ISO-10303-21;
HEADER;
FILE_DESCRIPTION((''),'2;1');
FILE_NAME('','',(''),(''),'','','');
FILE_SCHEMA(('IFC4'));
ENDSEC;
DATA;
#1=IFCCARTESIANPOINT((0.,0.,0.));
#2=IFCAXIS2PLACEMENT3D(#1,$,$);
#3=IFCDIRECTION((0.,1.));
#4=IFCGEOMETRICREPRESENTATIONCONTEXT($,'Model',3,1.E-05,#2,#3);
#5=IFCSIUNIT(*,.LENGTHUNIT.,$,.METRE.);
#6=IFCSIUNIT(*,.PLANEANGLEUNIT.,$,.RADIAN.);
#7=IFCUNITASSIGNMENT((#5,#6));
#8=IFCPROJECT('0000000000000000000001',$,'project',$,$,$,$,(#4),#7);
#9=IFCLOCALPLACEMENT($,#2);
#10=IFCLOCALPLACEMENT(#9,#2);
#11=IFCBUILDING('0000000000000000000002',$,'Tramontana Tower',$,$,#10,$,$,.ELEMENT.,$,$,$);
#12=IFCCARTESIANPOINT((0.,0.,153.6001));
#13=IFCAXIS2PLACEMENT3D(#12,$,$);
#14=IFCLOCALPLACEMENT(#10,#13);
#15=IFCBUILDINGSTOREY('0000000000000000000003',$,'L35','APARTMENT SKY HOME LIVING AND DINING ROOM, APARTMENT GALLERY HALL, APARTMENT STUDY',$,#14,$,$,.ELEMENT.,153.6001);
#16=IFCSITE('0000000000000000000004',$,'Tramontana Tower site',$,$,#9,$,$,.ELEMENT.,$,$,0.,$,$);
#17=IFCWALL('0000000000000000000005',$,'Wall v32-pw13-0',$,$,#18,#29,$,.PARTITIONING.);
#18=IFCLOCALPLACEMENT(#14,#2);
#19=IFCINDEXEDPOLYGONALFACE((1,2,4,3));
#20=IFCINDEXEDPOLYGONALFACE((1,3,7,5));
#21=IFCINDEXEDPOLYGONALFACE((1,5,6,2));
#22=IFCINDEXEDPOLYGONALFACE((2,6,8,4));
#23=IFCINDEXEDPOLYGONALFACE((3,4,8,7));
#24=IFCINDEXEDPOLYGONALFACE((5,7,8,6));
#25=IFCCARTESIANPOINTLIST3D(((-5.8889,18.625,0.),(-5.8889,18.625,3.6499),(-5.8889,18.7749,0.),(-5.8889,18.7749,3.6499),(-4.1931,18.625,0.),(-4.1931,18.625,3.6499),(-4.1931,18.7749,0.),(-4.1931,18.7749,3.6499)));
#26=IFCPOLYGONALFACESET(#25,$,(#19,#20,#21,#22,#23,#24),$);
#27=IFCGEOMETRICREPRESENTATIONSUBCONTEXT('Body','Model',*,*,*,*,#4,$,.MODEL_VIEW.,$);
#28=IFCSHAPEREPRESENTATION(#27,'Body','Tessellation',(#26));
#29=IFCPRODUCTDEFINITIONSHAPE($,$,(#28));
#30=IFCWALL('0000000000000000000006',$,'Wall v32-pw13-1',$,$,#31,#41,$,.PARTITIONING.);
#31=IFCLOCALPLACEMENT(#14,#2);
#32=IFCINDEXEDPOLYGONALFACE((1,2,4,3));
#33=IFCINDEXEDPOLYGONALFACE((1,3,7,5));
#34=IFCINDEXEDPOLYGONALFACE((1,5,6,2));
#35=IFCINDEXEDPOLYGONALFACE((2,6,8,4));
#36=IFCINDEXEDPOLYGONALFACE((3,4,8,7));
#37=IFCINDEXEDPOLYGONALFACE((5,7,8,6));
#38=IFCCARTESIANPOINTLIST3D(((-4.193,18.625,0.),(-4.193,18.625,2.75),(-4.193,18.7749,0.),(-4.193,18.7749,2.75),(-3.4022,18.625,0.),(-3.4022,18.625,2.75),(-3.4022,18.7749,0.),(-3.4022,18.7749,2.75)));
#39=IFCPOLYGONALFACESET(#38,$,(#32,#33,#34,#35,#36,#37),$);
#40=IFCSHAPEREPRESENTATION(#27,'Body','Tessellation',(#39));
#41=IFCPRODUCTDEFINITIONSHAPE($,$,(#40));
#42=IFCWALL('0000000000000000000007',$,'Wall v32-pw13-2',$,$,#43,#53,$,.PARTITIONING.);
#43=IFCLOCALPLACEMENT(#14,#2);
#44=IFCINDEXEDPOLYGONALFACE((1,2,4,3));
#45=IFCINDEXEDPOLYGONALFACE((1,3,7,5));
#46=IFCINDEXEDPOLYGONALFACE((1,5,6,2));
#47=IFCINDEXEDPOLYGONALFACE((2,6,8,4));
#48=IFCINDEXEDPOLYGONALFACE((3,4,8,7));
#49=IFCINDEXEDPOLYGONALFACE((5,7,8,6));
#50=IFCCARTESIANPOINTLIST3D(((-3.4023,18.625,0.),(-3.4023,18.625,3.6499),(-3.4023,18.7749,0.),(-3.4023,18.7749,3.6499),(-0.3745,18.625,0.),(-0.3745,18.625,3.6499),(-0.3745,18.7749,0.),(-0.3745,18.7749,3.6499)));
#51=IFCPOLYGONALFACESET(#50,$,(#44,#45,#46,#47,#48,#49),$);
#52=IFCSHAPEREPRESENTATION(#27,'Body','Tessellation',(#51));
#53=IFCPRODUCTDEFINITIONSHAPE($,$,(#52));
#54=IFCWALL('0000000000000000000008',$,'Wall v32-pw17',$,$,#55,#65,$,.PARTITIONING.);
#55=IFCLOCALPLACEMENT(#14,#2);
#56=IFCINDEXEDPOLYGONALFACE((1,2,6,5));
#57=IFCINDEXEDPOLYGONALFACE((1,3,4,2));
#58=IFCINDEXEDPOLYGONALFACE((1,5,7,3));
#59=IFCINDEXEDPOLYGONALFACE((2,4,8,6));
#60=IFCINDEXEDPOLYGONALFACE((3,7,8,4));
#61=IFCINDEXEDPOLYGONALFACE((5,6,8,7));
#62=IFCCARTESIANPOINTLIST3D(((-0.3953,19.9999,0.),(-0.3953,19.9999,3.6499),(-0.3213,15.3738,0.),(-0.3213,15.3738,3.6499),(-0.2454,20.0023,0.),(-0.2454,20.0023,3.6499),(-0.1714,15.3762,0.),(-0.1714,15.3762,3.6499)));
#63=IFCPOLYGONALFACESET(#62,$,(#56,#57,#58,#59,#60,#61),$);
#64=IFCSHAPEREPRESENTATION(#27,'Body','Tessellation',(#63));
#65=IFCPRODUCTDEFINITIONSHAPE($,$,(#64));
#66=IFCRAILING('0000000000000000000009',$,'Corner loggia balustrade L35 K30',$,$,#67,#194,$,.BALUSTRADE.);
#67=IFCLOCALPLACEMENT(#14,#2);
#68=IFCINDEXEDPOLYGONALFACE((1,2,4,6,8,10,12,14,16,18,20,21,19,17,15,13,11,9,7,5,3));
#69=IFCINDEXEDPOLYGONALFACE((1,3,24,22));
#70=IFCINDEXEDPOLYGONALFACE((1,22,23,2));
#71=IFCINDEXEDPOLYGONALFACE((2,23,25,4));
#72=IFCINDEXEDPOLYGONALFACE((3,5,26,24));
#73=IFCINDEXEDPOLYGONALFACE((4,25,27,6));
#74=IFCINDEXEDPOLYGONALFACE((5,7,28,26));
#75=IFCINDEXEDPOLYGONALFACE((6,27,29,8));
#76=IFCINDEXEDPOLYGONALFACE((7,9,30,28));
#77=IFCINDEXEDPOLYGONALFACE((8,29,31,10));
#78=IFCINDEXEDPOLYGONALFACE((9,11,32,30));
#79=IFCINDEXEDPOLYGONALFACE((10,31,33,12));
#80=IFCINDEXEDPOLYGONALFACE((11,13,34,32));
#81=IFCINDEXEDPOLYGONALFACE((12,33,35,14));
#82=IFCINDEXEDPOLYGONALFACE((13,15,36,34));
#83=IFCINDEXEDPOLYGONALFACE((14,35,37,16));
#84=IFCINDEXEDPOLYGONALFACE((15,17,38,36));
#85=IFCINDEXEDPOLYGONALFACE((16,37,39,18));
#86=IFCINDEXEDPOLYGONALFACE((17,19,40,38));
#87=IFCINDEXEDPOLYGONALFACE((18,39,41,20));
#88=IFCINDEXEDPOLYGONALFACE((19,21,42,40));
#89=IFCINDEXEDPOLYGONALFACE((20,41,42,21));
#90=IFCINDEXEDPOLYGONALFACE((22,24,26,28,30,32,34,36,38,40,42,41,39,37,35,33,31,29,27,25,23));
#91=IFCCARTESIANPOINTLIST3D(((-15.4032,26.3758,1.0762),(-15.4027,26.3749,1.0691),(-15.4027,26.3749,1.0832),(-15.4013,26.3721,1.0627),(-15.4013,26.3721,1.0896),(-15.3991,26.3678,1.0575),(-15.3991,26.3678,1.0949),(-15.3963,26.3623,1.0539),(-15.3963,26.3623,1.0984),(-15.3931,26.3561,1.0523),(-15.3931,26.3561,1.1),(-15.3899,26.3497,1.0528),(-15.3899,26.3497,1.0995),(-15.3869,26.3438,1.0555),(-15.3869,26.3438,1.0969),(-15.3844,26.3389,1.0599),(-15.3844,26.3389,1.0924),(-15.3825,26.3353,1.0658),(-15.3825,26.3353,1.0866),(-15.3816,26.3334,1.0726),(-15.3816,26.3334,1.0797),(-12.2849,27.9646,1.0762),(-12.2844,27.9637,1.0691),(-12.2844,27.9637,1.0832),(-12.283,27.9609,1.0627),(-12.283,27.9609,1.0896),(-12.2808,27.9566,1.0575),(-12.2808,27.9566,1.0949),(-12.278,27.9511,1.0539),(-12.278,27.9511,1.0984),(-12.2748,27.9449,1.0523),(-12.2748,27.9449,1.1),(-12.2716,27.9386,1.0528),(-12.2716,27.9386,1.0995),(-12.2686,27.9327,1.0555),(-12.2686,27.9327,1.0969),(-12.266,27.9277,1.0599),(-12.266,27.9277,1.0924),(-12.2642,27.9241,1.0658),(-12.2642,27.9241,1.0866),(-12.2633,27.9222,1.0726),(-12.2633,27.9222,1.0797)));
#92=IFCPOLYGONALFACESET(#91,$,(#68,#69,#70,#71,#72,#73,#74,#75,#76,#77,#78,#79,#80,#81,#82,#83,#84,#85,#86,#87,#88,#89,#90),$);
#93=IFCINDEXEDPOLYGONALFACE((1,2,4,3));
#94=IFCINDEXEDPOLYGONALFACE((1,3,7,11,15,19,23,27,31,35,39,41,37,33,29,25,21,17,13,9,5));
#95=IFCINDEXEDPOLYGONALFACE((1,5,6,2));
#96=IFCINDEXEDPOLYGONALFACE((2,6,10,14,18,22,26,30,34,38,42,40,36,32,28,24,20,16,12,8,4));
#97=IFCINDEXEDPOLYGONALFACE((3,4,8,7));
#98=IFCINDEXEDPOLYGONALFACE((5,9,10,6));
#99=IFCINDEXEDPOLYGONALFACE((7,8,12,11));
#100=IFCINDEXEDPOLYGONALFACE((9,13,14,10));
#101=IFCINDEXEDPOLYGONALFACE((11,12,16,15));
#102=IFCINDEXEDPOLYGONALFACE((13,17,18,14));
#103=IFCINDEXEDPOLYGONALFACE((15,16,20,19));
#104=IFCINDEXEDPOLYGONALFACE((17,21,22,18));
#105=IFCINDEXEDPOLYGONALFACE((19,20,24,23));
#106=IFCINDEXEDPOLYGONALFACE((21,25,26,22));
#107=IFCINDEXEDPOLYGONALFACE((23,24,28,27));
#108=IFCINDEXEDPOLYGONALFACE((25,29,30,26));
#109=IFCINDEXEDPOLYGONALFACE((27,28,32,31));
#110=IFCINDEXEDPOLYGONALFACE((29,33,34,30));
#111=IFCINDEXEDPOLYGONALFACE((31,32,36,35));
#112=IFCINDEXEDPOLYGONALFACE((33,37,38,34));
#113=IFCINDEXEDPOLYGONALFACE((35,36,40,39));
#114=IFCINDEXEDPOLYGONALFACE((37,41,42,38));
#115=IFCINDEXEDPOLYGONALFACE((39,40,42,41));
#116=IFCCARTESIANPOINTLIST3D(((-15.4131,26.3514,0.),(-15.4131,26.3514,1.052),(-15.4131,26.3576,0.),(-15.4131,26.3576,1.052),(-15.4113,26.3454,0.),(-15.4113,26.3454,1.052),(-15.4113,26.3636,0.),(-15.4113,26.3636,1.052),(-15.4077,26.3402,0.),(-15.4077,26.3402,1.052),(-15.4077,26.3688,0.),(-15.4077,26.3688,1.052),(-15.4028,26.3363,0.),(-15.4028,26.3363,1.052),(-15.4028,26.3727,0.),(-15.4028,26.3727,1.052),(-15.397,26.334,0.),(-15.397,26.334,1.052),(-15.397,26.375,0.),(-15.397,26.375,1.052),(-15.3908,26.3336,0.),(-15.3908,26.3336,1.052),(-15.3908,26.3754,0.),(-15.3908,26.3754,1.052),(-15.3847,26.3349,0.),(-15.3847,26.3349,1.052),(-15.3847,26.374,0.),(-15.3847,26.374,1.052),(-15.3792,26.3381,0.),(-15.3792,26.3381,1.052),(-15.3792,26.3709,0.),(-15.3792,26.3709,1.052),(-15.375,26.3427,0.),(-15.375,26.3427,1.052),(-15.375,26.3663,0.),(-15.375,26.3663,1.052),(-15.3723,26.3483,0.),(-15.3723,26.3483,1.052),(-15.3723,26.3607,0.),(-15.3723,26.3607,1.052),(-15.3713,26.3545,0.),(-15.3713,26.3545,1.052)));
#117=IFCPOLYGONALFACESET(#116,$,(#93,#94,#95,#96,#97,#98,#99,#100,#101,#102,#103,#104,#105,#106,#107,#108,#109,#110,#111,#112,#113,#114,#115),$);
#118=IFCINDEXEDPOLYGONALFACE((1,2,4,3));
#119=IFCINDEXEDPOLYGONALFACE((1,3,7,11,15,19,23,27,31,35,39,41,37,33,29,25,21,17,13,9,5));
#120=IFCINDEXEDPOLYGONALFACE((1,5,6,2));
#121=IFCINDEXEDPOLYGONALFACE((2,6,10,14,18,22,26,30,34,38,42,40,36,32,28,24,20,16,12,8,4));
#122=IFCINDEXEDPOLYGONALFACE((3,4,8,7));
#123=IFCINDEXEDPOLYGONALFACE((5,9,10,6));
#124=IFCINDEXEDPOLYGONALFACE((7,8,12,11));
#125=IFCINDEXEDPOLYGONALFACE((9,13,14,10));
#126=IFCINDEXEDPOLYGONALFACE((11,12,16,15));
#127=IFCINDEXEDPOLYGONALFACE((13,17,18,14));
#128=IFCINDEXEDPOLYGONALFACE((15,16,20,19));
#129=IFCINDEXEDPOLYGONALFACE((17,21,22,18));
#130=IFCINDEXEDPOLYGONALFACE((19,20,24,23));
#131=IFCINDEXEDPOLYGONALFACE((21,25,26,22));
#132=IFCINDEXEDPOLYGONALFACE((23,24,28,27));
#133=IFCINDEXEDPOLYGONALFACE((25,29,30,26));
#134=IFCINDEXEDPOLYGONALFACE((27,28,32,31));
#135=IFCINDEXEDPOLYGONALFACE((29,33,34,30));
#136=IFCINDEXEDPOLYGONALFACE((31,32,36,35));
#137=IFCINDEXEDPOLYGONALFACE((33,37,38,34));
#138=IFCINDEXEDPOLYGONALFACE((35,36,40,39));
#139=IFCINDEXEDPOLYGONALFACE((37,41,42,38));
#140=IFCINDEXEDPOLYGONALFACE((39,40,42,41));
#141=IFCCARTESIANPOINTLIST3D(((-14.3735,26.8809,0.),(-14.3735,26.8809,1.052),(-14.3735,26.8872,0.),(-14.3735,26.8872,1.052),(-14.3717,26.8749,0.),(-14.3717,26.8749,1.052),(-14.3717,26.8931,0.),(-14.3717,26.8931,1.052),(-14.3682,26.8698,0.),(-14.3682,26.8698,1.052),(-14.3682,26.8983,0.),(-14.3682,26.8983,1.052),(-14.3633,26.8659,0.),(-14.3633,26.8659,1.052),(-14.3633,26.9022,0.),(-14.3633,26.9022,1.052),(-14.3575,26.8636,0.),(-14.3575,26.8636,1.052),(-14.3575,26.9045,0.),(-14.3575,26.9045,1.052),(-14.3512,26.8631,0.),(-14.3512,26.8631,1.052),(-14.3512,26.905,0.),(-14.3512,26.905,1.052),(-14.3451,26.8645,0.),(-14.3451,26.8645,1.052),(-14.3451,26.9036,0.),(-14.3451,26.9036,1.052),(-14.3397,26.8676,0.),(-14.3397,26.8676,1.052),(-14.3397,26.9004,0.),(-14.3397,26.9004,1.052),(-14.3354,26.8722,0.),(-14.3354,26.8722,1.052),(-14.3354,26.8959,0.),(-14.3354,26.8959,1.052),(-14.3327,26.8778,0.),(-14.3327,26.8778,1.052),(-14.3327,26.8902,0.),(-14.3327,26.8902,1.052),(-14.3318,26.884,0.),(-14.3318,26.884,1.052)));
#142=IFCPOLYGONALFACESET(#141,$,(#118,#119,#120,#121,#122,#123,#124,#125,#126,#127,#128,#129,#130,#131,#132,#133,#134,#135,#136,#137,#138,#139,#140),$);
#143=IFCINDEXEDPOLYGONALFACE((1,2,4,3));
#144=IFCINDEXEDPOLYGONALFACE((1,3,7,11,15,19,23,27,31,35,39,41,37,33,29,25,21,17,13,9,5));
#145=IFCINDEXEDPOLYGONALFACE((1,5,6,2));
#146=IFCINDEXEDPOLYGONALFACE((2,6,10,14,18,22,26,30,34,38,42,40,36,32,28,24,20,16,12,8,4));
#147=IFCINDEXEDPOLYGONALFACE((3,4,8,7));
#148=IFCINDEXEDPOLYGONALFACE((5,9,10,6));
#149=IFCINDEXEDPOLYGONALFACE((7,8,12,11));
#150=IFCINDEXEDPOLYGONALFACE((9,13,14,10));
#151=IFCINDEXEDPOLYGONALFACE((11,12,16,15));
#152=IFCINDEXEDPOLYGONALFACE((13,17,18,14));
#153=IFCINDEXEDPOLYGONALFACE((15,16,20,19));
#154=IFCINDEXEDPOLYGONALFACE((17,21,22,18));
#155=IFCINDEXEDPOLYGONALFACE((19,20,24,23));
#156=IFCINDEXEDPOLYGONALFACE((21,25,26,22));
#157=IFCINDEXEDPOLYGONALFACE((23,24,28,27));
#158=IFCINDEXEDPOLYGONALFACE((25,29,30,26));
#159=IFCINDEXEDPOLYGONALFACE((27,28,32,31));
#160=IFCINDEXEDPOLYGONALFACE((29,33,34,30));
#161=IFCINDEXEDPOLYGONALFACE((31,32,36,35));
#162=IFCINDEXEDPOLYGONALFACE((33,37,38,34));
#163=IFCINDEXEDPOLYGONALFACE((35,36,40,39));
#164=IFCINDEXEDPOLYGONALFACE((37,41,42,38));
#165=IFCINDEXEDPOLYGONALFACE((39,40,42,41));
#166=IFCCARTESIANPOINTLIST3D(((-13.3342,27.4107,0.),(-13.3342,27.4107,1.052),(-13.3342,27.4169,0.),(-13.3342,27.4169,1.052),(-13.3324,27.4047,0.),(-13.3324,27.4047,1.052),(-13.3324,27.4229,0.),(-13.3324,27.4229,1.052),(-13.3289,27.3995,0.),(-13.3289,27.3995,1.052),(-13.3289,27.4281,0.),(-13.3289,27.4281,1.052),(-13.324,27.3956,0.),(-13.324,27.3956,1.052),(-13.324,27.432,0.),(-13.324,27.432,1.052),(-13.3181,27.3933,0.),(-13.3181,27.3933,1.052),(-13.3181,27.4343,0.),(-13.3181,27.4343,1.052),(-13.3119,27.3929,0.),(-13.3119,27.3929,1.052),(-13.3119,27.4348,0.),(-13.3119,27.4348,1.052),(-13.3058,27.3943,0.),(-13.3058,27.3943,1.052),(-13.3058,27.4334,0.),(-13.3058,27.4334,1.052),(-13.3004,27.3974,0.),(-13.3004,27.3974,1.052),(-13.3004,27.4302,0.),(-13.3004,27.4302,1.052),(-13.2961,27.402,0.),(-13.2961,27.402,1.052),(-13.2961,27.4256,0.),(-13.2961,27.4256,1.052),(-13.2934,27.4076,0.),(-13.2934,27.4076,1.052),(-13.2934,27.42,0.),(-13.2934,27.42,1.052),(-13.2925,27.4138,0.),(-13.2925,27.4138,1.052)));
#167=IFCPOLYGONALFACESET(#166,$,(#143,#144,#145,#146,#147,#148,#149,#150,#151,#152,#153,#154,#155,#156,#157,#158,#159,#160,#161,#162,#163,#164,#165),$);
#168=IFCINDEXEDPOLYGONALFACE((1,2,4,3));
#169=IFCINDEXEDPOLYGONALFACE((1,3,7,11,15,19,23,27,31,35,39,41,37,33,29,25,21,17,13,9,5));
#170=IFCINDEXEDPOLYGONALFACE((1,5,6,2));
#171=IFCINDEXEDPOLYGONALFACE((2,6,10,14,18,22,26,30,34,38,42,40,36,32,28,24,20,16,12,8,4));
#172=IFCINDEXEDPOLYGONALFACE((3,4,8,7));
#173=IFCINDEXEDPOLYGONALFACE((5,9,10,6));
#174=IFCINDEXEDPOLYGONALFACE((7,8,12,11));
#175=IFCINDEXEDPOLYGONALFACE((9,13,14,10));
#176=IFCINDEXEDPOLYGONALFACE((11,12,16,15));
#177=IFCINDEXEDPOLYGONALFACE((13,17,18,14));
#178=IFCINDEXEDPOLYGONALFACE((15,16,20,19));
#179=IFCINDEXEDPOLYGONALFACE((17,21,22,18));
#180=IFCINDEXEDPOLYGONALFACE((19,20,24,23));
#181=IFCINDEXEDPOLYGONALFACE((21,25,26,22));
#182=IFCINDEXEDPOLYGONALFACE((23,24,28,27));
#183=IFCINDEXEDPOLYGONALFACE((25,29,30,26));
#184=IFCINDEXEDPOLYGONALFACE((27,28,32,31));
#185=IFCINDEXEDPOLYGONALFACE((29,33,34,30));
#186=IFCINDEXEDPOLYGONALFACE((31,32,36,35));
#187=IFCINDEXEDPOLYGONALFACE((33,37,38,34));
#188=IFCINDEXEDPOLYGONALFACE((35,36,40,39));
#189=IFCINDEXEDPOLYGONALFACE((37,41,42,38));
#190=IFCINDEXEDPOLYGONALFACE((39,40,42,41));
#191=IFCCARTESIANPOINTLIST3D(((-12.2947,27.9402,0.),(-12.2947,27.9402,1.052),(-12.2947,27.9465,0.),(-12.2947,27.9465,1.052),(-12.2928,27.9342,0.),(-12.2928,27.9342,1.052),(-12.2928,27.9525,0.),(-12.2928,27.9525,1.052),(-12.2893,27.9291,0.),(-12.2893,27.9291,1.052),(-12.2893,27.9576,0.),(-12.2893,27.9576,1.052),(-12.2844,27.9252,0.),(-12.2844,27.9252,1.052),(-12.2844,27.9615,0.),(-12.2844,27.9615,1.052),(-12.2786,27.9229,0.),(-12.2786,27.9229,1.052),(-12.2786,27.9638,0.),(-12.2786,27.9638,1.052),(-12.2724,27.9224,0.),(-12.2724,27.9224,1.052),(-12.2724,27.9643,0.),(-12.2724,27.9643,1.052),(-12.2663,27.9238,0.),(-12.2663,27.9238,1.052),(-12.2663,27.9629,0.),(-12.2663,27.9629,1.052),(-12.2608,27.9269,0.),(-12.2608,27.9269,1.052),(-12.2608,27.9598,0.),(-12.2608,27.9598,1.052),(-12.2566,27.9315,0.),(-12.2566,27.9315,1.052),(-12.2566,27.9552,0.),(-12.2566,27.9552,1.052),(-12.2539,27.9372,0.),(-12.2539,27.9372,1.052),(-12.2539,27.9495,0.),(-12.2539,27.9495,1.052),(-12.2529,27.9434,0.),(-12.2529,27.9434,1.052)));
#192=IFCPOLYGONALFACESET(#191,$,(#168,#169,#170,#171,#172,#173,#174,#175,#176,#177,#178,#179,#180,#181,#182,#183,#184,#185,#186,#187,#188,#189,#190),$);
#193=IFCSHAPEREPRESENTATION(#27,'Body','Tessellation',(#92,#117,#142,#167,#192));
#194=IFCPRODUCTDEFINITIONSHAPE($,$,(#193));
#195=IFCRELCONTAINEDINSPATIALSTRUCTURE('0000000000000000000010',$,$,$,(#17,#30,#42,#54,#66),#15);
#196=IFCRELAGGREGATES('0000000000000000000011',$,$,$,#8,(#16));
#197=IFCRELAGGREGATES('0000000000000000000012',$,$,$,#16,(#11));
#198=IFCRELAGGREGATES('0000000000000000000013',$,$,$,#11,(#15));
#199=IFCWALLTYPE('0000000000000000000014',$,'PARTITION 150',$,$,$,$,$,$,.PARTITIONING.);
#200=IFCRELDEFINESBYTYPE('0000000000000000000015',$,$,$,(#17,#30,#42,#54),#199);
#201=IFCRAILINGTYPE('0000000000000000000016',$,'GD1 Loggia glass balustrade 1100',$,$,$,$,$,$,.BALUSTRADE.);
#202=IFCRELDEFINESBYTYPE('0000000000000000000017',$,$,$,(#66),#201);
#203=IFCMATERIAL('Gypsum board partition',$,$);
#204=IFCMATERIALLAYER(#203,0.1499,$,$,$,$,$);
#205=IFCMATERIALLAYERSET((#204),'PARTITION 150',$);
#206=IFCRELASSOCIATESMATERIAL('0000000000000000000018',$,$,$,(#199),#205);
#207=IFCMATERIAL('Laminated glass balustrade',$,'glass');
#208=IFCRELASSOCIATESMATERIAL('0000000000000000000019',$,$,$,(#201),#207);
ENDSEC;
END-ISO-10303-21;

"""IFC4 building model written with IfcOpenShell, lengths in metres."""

from ifc_helpers import new_model, si_unit, direction, frame, frame_2d, origin, origin_2d, place, context, subcontext, project, spatial, rectangle, circle, extrude, material, layer, layer_set, type_object, element, save


model = new_model("IFC4")

# Units and contexts
model_context = context("Model", 3, precision=1e-05, world=origin(), true_north=direction((0.0, 1.0)))
body_context = subcontext(model_context, "Body", "Model", "MODEL_VIEW")
ifc_project = project(units=[si_unit("LENGTHUNIT", "METRE"), si_unit("PLANEANGLEUNIT", "RADIAN")], contexts=[model_context])

# Site, building, storey
site_placement = place(None, origin())
site = spatial("IfcSite", under=ifc_project, at=site_placement, Name="Tramontana Tower site", CompositionType="ELEMENT", RefElevation=0.0)
building_placement = place(site_placement, origin())
building = spatial("IfcBuilding", under=site, at=building_placement, Name="Tramontana Tower", CompositionType="ELEMENT")
storey_placement = place(building_placement, frame((0.0, 0.0, 153.6001)))
storey = spatial("IfcBuildingStorey", under=building, at=storey_placement, Name="L35", Description="APARTMENT SKY HOME LIVING AND DINING ROOM, APARTMENT GALLERY HALL, APARTMENT STUDY", CompositionType="ELEMENT", Elevation=153.6001)

# Walls
ifc_material_1 = material(Name="Gypsum board partition")
ifc_layer_1 = layer(ifc_material_1, 0.1499)
ifc_layer_set_1 = layer_set([ifc_layer_1], Name="PARTITION 150")
wall_type_1 = type_object("IfcWallType", Name="PARTITION 150", PredefinedType="PARTITIONING", material=ifc_layer_set_1)
wall_1_placement = place(storey_placement, frame((-5.8889, 18.7, 0.0), z_axis=(0.0, 0.0, 1.0), x_axis=(1.0, 0.0, 0.0)))
element("IfcWall", 1, at=wall_1_placement, inside=storey, type_object=wall_type_1, Name="Wall v32-pw13-0", PredefinedType="PARTITIONING", context=body_context, shape_type="SweptSolid", body=[
    extrude(rectangle(XDim=1.6958, YDim=0.1499, at=frame_2d((0.8479, 0.0))), origin(), (0.0, 0.0, 1.0), 3.6499),
])
wall_2_placement = place(storey_placement, frame((-4.1931, 18.7, 0.0), z_axis=(0.0, 0.0, 1.0), x_axis=(1.0, 0.0, 0.0)))
element("IfcWall", 2, at=wall_2_placement, inside=storey, type_object=wall_type_1, Name="Wall v32-pw13-1", PredefinedType="PARTITIONING", context=body_context, shape_type="SweptSolid", body=[
    extrude(rectangle(XDim=0.7908, YDim=0.1499, at=frame_2d((0.3955, 0.0))), origin(), (0.0, 0.0, 1.0), 2.75),
])
wall_3_placement = place(storey_placement, frame((-3.4023, 18.7, 0.0), z_axis=(0.0, 0.0, 1.0), x_axis=(1.0, 0.0, 0.0)))
element("IfcWall", 3, at=wall_3_placement, inside=storey, type_object=wall_type_1, Name="Wall v32-pw13-2", PredefinedType="PARTITIONING", context=body_context, shape_type="SweptSolid", body=[
    extrude(rectangle(XDim=3.0278, YDim=0.1499, at=frame_2d((1.5139, 0.0))), origin(), (0.0, 0.0, 1.0), 3.6499),
])
wall_4_placement = place(storey_placement, frame((-0.3203, 20.0012, 0.0), z_axis=(0.0, 0.0, 1.0), x_axis=(0.015988, -0.999872, 0.0)))
element("IfcWall", 4, at=wall_4_placement, inside=storey, type_object=wall_type_1, Name="Wall v32-pw17", PredefinedType="PARTITIONING", context=body_context, shape_type="SweptSolid", body=[
    extrude(rectangle(XDim=4.6267, YDim=0.1499, at=frame_2d((2.3135, 0.0))), origin(), (0.0, 0.0, 1.0), 3.6499),
])

# Railing
ifc_material_2 = material(Name="Laminated glass balustrade", Category="glass")
railing_type = type_object("IfcRailingType", Name="GD1 Loggia glass balustrade 1100", PredefinedType="BALUSTRADE", material=ifc_material_2)
railing_placement = place(storey_placement, frame((-15.3923, 26.3545, 0.0)))
element("IfcRailing", 5, at=railing_placement, inside=storey, type_object=railing_type, Name="Corner loggia balustrade L35 K30", PredefinedType="BALUSTRADE", context=body_context, shape_type="SweptSolid", body=[
    extrude(circle(Radius=0.0239, at=origin_2d()), frame((0.0, 0.0, 1.0762), z_axis=(0.891011, 0.453981, 0.0), x_axis=(-0.453981, 0.891011, 0.0)), (0.0, 0.0, 1.0), 3.4998),
    extrude(circle(Radius=0.021, at=origin_2d()), origin(), (0.0, 0.0, 1.0), 1.052),
    extrude(circle(Radius=0.021, at=origin_2d()), frame((1.0396, 0.5295, 0.0)), (0.0, 0.0, 1.0), 1.052),
    extrude(circle(Radius=0.021, at=origin_2d()), frame((2.0789, 1.0593, 0.0)), (0.0, 0.0, 1.0), 1.052),
    extrude(circle(Radius=0.021, at=origin_2d()), frame((3.1184, 1.5889, 0.0)), (0.0, 0.0, 1.0), 1.052),
])

save(model, "model.ifc")
